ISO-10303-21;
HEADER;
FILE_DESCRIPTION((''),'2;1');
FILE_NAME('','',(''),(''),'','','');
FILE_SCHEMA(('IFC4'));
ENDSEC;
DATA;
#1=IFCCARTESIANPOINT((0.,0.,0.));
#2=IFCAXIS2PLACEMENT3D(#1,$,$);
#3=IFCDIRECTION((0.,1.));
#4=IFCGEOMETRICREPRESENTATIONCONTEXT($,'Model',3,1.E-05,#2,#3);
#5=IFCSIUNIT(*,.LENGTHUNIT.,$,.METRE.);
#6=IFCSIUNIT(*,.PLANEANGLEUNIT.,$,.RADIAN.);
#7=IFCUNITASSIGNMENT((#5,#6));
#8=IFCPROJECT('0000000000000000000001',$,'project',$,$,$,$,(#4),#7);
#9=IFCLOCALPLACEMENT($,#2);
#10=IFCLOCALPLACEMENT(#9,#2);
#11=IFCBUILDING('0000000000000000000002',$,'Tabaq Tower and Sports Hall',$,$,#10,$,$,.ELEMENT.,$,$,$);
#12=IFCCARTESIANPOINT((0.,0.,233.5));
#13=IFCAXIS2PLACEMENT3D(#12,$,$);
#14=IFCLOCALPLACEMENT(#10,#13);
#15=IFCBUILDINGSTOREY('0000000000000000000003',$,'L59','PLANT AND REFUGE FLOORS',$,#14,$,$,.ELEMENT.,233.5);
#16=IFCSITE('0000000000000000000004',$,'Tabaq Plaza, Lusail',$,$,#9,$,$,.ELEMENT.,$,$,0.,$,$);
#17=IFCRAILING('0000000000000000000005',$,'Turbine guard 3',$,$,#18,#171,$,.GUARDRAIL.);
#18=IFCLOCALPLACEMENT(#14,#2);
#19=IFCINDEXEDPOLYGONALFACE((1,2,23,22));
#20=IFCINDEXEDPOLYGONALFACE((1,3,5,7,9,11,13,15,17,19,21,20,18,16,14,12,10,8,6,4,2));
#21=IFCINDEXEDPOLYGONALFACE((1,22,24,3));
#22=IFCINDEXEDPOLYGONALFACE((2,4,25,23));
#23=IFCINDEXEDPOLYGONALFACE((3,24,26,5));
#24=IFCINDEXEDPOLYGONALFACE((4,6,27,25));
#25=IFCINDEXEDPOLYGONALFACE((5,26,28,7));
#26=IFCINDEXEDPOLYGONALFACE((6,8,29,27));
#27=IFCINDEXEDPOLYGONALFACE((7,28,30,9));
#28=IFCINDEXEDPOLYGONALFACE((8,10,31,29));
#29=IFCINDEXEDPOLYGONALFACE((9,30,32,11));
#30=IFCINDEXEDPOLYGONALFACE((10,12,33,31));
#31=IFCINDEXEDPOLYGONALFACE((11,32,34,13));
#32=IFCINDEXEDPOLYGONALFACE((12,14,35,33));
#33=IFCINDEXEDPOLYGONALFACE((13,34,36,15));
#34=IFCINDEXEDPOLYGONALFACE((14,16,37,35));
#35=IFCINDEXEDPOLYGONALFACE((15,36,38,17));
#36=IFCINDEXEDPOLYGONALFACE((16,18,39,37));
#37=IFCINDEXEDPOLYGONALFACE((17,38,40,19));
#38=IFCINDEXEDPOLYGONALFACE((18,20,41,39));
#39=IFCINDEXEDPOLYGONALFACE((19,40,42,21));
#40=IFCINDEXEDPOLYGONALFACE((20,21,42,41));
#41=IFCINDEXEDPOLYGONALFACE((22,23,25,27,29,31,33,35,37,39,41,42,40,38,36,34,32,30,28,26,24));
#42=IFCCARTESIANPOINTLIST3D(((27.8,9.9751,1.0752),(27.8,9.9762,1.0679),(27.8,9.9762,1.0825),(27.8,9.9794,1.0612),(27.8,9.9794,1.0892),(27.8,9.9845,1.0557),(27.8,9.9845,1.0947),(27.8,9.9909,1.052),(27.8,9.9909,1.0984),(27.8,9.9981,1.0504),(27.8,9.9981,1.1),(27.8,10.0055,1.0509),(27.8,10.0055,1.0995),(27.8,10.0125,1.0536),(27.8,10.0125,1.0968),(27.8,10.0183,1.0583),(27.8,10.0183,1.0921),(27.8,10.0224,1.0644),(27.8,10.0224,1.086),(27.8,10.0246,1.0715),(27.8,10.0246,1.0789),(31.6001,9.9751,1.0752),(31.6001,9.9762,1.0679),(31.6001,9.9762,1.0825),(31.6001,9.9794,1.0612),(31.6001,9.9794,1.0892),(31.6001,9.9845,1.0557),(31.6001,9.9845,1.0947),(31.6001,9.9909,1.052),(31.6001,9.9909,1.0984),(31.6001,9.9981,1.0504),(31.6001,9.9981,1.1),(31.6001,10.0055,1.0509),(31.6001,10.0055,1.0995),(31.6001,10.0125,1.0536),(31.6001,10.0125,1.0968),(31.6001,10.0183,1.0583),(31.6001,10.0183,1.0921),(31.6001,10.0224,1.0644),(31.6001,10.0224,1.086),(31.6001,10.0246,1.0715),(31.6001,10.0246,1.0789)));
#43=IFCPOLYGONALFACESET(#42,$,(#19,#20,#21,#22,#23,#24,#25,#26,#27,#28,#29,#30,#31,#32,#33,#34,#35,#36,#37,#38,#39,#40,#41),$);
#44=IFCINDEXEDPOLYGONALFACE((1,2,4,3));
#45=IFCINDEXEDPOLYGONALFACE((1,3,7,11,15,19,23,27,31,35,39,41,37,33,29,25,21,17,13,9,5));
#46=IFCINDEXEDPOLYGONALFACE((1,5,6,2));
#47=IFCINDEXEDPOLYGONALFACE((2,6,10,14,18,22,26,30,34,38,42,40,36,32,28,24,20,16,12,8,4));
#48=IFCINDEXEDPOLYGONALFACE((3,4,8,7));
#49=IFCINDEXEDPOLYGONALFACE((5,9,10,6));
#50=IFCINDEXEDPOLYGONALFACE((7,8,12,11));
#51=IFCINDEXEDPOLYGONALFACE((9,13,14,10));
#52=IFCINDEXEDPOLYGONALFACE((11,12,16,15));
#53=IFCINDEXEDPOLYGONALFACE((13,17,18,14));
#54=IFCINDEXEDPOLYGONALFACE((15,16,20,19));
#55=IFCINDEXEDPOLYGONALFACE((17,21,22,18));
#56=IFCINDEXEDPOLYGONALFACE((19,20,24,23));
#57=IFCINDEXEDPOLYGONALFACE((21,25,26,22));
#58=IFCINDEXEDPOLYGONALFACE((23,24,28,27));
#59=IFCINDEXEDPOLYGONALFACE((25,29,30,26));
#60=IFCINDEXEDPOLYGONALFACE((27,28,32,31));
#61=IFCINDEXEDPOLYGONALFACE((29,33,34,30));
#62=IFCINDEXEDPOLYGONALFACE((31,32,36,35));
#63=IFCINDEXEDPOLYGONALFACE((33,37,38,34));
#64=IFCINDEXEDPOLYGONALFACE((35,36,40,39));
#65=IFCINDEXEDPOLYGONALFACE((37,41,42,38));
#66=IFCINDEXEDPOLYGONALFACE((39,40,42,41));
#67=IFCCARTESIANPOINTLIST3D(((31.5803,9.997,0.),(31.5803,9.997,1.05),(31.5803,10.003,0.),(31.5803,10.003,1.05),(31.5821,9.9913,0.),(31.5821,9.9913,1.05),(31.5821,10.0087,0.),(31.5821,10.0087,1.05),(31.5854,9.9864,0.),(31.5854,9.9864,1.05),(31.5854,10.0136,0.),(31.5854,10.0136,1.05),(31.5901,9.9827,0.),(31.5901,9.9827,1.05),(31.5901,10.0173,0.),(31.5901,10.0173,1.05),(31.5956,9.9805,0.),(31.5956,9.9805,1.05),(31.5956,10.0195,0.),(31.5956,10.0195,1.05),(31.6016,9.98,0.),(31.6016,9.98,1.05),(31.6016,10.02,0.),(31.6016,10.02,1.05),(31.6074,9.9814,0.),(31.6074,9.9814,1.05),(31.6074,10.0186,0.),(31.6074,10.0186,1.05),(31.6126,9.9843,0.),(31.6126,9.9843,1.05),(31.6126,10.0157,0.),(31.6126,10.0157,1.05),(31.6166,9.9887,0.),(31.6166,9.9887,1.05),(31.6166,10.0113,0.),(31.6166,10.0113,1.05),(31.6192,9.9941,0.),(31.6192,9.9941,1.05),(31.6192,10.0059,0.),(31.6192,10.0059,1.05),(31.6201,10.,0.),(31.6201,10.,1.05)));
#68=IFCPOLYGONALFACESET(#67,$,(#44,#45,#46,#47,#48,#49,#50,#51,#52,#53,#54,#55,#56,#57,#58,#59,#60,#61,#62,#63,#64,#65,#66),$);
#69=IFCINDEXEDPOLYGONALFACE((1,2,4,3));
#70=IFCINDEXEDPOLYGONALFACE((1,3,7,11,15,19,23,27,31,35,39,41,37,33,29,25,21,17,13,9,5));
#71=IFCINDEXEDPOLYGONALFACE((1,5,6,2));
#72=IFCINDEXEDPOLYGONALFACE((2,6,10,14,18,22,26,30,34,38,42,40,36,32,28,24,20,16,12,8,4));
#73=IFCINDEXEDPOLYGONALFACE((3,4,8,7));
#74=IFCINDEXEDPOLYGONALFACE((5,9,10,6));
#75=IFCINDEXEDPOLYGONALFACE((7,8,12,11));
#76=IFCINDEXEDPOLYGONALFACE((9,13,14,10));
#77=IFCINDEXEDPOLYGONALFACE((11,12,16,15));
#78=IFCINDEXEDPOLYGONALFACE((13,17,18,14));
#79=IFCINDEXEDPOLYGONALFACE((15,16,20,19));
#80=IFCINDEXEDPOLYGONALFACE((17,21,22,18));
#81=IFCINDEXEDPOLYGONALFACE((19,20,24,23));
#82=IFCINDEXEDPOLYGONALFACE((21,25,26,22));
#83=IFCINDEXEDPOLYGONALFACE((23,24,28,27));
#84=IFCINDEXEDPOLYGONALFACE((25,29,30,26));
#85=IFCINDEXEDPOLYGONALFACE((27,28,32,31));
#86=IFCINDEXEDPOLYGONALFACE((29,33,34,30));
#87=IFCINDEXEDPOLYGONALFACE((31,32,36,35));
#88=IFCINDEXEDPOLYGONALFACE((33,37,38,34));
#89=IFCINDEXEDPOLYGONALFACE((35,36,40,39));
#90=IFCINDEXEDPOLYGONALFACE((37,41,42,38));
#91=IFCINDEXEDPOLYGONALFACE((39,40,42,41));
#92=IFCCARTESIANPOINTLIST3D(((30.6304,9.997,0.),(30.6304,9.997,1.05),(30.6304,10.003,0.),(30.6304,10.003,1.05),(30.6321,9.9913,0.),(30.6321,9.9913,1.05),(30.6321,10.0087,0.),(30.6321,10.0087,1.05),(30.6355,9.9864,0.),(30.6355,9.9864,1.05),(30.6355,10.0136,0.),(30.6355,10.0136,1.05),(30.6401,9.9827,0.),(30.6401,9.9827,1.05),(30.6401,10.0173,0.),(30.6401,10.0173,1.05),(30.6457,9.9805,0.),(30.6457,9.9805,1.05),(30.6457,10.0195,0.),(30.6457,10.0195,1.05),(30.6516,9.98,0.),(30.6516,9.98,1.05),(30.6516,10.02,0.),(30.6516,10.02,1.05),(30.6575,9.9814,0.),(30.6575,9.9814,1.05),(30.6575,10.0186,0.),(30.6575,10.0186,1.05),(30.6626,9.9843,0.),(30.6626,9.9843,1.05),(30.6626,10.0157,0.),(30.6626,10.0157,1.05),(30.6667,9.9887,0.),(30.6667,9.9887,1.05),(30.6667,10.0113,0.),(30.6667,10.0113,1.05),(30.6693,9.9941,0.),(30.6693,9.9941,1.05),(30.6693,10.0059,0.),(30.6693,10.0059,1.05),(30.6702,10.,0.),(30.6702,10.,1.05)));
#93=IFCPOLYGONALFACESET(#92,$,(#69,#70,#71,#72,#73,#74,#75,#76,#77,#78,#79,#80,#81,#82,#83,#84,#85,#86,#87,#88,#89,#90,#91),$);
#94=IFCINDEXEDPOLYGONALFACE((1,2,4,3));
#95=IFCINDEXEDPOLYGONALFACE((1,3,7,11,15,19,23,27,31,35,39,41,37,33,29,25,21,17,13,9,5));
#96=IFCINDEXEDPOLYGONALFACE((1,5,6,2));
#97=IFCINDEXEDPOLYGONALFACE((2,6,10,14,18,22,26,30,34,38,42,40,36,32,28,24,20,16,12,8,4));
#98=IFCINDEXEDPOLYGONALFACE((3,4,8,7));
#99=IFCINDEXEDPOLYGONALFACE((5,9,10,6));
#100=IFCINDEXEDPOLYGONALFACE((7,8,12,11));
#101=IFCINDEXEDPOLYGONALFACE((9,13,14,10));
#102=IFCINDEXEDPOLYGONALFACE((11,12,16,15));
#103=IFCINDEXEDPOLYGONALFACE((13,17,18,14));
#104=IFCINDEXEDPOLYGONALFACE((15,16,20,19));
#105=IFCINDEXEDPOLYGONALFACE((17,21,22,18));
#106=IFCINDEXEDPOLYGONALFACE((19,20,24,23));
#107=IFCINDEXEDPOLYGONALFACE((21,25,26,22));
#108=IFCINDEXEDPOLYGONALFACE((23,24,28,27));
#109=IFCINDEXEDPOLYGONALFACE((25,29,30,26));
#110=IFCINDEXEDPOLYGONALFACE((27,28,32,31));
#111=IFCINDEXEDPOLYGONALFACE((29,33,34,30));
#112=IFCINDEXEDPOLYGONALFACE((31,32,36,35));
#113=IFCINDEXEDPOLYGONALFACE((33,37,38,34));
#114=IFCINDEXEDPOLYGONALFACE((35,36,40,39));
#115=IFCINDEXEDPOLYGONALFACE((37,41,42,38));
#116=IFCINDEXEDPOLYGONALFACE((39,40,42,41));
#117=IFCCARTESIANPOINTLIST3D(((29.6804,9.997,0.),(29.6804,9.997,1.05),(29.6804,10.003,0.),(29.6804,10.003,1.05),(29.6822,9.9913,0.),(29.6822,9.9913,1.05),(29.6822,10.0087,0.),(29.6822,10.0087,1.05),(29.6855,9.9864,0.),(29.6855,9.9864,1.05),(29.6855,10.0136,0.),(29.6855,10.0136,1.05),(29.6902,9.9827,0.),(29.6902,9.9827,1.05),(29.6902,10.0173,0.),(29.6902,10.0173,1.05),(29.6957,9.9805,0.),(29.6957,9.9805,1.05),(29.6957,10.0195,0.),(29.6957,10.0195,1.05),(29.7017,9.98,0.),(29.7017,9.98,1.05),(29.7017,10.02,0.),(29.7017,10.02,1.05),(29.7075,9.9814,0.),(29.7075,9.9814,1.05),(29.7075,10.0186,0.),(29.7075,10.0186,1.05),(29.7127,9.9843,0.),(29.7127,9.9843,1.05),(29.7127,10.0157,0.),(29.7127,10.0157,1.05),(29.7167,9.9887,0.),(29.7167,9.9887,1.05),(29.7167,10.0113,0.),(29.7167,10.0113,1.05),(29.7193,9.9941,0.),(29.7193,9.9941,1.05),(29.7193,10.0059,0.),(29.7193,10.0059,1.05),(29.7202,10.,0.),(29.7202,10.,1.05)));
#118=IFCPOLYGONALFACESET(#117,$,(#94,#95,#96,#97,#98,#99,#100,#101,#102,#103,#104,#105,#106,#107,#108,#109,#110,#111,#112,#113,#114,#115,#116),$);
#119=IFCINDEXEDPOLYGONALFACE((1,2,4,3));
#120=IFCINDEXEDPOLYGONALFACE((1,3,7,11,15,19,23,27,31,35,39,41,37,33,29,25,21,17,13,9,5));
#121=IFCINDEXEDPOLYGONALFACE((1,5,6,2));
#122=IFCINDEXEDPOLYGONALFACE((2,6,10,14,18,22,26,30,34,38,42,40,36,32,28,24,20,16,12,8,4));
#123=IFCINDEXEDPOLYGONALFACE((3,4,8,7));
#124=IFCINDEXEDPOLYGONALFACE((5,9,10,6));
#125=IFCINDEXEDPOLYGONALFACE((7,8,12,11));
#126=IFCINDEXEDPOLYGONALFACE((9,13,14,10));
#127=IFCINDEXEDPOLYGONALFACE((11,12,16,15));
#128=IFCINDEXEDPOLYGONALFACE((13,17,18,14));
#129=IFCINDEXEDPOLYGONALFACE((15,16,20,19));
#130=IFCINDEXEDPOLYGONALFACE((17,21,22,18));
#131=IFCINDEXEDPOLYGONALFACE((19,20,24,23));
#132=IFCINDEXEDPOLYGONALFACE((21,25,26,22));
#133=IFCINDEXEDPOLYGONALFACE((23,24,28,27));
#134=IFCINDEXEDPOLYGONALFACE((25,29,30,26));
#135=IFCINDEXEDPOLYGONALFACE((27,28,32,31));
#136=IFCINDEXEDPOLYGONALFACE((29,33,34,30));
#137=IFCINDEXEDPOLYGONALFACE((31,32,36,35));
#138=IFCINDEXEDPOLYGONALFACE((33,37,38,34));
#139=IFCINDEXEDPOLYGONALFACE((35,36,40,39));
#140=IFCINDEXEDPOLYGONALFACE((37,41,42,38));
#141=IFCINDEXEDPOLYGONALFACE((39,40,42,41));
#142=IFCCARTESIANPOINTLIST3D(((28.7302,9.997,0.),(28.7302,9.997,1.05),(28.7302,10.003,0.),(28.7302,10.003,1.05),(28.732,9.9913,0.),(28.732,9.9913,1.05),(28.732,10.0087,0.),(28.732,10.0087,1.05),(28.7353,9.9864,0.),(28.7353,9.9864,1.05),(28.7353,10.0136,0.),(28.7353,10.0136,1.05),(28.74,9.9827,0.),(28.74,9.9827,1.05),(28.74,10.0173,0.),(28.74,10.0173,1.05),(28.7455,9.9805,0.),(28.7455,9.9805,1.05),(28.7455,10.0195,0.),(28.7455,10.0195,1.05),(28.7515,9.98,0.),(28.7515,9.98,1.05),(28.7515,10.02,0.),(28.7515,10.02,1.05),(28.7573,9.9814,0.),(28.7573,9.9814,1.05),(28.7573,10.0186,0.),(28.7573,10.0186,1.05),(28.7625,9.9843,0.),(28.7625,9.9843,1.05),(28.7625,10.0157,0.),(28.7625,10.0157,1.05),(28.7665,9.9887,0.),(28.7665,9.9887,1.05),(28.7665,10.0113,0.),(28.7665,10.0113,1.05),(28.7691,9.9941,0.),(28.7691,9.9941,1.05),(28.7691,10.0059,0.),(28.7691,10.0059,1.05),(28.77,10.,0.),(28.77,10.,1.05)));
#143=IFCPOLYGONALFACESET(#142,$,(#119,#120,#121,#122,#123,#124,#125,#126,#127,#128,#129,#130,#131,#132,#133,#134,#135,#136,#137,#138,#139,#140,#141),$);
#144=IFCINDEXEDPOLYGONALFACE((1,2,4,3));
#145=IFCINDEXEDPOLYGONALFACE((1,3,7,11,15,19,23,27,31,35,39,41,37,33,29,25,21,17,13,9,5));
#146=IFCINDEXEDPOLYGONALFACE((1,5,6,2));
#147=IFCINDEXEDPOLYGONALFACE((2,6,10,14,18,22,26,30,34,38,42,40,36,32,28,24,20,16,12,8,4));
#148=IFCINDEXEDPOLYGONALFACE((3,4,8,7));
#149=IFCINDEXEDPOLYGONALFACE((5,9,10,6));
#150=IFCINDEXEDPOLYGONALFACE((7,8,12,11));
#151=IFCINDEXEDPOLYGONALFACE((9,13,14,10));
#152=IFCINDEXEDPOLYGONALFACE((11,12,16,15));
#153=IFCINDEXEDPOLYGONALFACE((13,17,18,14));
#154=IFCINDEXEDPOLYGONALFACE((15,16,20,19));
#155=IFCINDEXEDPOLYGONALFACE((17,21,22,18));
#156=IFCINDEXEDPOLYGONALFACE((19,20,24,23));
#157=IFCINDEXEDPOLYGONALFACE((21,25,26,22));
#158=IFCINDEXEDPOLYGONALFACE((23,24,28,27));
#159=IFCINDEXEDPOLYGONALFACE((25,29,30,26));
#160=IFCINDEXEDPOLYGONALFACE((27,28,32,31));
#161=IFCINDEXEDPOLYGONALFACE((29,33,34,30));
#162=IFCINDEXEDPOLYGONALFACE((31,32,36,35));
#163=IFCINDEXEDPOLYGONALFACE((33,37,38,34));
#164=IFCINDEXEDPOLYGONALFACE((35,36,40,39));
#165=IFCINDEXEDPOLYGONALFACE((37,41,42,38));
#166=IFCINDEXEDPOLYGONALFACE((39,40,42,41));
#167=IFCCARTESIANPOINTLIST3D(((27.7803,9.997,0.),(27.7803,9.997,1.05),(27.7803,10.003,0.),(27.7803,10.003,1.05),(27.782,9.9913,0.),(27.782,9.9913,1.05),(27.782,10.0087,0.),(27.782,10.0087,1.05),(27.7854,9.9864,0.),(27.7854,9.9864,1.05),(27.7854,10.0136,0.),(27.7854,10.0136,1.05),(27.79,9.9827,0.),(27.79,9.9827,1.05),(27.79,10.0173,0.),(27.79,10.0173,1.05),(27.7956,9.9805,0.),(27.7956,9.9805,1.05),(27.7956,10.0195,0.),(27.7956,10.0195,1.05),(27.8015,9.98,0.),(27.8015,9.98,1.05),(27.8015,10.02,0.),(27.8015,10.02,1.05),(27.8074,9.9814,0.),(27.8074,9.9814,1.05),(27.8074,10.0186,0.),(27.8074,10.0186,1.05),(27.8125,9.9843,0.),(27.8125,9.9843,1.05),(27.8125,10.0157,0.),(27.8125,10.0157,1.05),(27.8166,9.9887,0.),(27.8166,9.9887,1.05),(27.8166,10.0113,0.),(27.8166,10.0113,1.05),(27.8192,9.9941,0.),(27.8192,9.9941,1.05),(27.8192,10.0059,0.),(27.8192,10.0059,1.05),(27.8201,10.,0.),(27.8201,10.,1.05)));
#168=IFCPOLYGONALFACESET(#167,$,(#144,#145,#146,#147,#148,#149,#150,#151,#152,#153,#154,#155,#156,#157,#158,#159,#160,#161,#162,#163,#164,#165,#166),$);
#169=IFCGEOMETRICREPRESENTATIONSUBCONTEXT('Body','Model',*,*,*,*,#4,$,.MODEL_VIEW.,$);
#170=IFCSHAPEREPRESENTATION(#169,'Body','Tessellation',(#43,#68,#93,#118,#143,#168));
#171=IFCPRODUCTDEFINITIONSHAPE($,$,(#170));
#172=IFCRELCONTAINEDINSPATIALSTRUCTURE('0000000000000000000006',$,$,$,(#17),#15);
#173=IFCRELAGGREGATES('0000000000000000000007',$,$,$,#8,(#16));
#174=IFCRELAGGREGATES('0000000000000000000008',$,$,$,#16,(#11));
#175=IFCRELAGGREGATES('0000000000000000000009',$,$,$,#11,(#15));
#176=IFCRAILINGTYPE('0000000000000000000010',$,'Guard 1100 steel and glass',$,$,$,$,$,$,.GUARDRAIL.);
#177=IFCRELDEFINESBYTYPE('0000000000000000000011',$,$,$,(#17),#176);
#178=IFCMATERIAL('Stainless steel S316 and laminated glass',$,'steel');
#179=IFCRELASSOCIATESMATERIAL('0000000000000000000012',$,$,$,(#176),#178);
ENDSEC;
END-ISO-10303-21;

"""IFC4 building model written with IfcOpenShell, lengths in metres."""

from ifc_helpers import new_model, si_unit, direction, frame, origin, origin_2d, place, context, subcontext, project, spatial, circle, extrude, material, type_object, element, save


model = new_model("IFC4")

# Units and contexts
model_context = context("Model", 3, precision=1e-05, world=origin(), true_north=direction((0.0, 1.0)))
body_context = subcontext(model_context, "Body", "Model", "MODEL_VIEW")
ifc_project = project(units=[si_unit("LENGTHUNIT", "METRE"), si_unit("PLANEANGLEUNIT", "RADIAN")], contexts=[model_context])

# Site, building, storey
site_placement = place(None, origin())
site = spatial("IfcSite", under=ifc_project, at=site_placement, Name="Tabaq Plaza, Lusail", CompositionType="ELEMENT", RefElevation=0.0)
building_placement = place(site_placement, origin())
building = spatial("IfcBuilding", under=site, at=building_placement, Name="Tabaq Tower and Sports Hall", CompositionType="ELEMENT")
storey_placement = place(building_placement, frame((0.0, 0.0, 233.5)))
storey = spatial("IfcBuildingStorey", under=building, at=storey_placement, Name="L59", Description="PLANT AND REFUGE FLOORS", CompositionType="ELEMENT", Elevation=233.5)

# Railing
ifc_material_1 = material(Name="Stainless steel S316 and laminated glass", Category="steel")
railing_type = type_object("IfcRailingType", Name="Guard 1100 steel and glass", PredefinedType="GUARDRAIL", material=ifc_material_1)
railing_1_placement = place(storey_placement, frame((31.6001, 10.0, 0.0)))
element("IfcRailing", 1, at=railing_1_placement, inside=storey, type_object=railing_type, Name="Turbine guard 3", PredefinedType="GUARDRAIL", context=body_context, shape_type="SweptSolid", body=[
    extrude(circle(Radius=0.0249, at=origin_2d()), frame((0.0, 0.0, 1.0752), z_axis=(-1.0, 0.0, 0.0), x_axis=(0.0, -1.0, 0.0)), (0.0, 0.0, 1.0), 3.8),
    extrude(circle(Radius=0.02, at=origin_2d()), origin(), (0.0, 0.0, 1.0), 1.05),
    extrude(circle(Radius=0.02, at=origin_2d()), frame((-0.95, 0.0, 0.0)), (0.0, 0.0, 1.0), 1.05),
    extrude(circle(Radius=0.02, at=origin_2d()), frame((-1.8999, 0.0, 0.0)), (0.0, 0.0, 1.0), 1.05),
    extrude(circle(Radius=0.02, at=origin_2d()), frame((-2.8501, 0.0, 0.0)), (0.0, 0.0, 1.0), 1.05),
    extrude(circle(Radius=0.02, at=origin_2d()), frame((-3.8, 0.0, 0.0)), (0.0, 0.0, 1.0), 1.05),
])

save(model, "model.ifc")
